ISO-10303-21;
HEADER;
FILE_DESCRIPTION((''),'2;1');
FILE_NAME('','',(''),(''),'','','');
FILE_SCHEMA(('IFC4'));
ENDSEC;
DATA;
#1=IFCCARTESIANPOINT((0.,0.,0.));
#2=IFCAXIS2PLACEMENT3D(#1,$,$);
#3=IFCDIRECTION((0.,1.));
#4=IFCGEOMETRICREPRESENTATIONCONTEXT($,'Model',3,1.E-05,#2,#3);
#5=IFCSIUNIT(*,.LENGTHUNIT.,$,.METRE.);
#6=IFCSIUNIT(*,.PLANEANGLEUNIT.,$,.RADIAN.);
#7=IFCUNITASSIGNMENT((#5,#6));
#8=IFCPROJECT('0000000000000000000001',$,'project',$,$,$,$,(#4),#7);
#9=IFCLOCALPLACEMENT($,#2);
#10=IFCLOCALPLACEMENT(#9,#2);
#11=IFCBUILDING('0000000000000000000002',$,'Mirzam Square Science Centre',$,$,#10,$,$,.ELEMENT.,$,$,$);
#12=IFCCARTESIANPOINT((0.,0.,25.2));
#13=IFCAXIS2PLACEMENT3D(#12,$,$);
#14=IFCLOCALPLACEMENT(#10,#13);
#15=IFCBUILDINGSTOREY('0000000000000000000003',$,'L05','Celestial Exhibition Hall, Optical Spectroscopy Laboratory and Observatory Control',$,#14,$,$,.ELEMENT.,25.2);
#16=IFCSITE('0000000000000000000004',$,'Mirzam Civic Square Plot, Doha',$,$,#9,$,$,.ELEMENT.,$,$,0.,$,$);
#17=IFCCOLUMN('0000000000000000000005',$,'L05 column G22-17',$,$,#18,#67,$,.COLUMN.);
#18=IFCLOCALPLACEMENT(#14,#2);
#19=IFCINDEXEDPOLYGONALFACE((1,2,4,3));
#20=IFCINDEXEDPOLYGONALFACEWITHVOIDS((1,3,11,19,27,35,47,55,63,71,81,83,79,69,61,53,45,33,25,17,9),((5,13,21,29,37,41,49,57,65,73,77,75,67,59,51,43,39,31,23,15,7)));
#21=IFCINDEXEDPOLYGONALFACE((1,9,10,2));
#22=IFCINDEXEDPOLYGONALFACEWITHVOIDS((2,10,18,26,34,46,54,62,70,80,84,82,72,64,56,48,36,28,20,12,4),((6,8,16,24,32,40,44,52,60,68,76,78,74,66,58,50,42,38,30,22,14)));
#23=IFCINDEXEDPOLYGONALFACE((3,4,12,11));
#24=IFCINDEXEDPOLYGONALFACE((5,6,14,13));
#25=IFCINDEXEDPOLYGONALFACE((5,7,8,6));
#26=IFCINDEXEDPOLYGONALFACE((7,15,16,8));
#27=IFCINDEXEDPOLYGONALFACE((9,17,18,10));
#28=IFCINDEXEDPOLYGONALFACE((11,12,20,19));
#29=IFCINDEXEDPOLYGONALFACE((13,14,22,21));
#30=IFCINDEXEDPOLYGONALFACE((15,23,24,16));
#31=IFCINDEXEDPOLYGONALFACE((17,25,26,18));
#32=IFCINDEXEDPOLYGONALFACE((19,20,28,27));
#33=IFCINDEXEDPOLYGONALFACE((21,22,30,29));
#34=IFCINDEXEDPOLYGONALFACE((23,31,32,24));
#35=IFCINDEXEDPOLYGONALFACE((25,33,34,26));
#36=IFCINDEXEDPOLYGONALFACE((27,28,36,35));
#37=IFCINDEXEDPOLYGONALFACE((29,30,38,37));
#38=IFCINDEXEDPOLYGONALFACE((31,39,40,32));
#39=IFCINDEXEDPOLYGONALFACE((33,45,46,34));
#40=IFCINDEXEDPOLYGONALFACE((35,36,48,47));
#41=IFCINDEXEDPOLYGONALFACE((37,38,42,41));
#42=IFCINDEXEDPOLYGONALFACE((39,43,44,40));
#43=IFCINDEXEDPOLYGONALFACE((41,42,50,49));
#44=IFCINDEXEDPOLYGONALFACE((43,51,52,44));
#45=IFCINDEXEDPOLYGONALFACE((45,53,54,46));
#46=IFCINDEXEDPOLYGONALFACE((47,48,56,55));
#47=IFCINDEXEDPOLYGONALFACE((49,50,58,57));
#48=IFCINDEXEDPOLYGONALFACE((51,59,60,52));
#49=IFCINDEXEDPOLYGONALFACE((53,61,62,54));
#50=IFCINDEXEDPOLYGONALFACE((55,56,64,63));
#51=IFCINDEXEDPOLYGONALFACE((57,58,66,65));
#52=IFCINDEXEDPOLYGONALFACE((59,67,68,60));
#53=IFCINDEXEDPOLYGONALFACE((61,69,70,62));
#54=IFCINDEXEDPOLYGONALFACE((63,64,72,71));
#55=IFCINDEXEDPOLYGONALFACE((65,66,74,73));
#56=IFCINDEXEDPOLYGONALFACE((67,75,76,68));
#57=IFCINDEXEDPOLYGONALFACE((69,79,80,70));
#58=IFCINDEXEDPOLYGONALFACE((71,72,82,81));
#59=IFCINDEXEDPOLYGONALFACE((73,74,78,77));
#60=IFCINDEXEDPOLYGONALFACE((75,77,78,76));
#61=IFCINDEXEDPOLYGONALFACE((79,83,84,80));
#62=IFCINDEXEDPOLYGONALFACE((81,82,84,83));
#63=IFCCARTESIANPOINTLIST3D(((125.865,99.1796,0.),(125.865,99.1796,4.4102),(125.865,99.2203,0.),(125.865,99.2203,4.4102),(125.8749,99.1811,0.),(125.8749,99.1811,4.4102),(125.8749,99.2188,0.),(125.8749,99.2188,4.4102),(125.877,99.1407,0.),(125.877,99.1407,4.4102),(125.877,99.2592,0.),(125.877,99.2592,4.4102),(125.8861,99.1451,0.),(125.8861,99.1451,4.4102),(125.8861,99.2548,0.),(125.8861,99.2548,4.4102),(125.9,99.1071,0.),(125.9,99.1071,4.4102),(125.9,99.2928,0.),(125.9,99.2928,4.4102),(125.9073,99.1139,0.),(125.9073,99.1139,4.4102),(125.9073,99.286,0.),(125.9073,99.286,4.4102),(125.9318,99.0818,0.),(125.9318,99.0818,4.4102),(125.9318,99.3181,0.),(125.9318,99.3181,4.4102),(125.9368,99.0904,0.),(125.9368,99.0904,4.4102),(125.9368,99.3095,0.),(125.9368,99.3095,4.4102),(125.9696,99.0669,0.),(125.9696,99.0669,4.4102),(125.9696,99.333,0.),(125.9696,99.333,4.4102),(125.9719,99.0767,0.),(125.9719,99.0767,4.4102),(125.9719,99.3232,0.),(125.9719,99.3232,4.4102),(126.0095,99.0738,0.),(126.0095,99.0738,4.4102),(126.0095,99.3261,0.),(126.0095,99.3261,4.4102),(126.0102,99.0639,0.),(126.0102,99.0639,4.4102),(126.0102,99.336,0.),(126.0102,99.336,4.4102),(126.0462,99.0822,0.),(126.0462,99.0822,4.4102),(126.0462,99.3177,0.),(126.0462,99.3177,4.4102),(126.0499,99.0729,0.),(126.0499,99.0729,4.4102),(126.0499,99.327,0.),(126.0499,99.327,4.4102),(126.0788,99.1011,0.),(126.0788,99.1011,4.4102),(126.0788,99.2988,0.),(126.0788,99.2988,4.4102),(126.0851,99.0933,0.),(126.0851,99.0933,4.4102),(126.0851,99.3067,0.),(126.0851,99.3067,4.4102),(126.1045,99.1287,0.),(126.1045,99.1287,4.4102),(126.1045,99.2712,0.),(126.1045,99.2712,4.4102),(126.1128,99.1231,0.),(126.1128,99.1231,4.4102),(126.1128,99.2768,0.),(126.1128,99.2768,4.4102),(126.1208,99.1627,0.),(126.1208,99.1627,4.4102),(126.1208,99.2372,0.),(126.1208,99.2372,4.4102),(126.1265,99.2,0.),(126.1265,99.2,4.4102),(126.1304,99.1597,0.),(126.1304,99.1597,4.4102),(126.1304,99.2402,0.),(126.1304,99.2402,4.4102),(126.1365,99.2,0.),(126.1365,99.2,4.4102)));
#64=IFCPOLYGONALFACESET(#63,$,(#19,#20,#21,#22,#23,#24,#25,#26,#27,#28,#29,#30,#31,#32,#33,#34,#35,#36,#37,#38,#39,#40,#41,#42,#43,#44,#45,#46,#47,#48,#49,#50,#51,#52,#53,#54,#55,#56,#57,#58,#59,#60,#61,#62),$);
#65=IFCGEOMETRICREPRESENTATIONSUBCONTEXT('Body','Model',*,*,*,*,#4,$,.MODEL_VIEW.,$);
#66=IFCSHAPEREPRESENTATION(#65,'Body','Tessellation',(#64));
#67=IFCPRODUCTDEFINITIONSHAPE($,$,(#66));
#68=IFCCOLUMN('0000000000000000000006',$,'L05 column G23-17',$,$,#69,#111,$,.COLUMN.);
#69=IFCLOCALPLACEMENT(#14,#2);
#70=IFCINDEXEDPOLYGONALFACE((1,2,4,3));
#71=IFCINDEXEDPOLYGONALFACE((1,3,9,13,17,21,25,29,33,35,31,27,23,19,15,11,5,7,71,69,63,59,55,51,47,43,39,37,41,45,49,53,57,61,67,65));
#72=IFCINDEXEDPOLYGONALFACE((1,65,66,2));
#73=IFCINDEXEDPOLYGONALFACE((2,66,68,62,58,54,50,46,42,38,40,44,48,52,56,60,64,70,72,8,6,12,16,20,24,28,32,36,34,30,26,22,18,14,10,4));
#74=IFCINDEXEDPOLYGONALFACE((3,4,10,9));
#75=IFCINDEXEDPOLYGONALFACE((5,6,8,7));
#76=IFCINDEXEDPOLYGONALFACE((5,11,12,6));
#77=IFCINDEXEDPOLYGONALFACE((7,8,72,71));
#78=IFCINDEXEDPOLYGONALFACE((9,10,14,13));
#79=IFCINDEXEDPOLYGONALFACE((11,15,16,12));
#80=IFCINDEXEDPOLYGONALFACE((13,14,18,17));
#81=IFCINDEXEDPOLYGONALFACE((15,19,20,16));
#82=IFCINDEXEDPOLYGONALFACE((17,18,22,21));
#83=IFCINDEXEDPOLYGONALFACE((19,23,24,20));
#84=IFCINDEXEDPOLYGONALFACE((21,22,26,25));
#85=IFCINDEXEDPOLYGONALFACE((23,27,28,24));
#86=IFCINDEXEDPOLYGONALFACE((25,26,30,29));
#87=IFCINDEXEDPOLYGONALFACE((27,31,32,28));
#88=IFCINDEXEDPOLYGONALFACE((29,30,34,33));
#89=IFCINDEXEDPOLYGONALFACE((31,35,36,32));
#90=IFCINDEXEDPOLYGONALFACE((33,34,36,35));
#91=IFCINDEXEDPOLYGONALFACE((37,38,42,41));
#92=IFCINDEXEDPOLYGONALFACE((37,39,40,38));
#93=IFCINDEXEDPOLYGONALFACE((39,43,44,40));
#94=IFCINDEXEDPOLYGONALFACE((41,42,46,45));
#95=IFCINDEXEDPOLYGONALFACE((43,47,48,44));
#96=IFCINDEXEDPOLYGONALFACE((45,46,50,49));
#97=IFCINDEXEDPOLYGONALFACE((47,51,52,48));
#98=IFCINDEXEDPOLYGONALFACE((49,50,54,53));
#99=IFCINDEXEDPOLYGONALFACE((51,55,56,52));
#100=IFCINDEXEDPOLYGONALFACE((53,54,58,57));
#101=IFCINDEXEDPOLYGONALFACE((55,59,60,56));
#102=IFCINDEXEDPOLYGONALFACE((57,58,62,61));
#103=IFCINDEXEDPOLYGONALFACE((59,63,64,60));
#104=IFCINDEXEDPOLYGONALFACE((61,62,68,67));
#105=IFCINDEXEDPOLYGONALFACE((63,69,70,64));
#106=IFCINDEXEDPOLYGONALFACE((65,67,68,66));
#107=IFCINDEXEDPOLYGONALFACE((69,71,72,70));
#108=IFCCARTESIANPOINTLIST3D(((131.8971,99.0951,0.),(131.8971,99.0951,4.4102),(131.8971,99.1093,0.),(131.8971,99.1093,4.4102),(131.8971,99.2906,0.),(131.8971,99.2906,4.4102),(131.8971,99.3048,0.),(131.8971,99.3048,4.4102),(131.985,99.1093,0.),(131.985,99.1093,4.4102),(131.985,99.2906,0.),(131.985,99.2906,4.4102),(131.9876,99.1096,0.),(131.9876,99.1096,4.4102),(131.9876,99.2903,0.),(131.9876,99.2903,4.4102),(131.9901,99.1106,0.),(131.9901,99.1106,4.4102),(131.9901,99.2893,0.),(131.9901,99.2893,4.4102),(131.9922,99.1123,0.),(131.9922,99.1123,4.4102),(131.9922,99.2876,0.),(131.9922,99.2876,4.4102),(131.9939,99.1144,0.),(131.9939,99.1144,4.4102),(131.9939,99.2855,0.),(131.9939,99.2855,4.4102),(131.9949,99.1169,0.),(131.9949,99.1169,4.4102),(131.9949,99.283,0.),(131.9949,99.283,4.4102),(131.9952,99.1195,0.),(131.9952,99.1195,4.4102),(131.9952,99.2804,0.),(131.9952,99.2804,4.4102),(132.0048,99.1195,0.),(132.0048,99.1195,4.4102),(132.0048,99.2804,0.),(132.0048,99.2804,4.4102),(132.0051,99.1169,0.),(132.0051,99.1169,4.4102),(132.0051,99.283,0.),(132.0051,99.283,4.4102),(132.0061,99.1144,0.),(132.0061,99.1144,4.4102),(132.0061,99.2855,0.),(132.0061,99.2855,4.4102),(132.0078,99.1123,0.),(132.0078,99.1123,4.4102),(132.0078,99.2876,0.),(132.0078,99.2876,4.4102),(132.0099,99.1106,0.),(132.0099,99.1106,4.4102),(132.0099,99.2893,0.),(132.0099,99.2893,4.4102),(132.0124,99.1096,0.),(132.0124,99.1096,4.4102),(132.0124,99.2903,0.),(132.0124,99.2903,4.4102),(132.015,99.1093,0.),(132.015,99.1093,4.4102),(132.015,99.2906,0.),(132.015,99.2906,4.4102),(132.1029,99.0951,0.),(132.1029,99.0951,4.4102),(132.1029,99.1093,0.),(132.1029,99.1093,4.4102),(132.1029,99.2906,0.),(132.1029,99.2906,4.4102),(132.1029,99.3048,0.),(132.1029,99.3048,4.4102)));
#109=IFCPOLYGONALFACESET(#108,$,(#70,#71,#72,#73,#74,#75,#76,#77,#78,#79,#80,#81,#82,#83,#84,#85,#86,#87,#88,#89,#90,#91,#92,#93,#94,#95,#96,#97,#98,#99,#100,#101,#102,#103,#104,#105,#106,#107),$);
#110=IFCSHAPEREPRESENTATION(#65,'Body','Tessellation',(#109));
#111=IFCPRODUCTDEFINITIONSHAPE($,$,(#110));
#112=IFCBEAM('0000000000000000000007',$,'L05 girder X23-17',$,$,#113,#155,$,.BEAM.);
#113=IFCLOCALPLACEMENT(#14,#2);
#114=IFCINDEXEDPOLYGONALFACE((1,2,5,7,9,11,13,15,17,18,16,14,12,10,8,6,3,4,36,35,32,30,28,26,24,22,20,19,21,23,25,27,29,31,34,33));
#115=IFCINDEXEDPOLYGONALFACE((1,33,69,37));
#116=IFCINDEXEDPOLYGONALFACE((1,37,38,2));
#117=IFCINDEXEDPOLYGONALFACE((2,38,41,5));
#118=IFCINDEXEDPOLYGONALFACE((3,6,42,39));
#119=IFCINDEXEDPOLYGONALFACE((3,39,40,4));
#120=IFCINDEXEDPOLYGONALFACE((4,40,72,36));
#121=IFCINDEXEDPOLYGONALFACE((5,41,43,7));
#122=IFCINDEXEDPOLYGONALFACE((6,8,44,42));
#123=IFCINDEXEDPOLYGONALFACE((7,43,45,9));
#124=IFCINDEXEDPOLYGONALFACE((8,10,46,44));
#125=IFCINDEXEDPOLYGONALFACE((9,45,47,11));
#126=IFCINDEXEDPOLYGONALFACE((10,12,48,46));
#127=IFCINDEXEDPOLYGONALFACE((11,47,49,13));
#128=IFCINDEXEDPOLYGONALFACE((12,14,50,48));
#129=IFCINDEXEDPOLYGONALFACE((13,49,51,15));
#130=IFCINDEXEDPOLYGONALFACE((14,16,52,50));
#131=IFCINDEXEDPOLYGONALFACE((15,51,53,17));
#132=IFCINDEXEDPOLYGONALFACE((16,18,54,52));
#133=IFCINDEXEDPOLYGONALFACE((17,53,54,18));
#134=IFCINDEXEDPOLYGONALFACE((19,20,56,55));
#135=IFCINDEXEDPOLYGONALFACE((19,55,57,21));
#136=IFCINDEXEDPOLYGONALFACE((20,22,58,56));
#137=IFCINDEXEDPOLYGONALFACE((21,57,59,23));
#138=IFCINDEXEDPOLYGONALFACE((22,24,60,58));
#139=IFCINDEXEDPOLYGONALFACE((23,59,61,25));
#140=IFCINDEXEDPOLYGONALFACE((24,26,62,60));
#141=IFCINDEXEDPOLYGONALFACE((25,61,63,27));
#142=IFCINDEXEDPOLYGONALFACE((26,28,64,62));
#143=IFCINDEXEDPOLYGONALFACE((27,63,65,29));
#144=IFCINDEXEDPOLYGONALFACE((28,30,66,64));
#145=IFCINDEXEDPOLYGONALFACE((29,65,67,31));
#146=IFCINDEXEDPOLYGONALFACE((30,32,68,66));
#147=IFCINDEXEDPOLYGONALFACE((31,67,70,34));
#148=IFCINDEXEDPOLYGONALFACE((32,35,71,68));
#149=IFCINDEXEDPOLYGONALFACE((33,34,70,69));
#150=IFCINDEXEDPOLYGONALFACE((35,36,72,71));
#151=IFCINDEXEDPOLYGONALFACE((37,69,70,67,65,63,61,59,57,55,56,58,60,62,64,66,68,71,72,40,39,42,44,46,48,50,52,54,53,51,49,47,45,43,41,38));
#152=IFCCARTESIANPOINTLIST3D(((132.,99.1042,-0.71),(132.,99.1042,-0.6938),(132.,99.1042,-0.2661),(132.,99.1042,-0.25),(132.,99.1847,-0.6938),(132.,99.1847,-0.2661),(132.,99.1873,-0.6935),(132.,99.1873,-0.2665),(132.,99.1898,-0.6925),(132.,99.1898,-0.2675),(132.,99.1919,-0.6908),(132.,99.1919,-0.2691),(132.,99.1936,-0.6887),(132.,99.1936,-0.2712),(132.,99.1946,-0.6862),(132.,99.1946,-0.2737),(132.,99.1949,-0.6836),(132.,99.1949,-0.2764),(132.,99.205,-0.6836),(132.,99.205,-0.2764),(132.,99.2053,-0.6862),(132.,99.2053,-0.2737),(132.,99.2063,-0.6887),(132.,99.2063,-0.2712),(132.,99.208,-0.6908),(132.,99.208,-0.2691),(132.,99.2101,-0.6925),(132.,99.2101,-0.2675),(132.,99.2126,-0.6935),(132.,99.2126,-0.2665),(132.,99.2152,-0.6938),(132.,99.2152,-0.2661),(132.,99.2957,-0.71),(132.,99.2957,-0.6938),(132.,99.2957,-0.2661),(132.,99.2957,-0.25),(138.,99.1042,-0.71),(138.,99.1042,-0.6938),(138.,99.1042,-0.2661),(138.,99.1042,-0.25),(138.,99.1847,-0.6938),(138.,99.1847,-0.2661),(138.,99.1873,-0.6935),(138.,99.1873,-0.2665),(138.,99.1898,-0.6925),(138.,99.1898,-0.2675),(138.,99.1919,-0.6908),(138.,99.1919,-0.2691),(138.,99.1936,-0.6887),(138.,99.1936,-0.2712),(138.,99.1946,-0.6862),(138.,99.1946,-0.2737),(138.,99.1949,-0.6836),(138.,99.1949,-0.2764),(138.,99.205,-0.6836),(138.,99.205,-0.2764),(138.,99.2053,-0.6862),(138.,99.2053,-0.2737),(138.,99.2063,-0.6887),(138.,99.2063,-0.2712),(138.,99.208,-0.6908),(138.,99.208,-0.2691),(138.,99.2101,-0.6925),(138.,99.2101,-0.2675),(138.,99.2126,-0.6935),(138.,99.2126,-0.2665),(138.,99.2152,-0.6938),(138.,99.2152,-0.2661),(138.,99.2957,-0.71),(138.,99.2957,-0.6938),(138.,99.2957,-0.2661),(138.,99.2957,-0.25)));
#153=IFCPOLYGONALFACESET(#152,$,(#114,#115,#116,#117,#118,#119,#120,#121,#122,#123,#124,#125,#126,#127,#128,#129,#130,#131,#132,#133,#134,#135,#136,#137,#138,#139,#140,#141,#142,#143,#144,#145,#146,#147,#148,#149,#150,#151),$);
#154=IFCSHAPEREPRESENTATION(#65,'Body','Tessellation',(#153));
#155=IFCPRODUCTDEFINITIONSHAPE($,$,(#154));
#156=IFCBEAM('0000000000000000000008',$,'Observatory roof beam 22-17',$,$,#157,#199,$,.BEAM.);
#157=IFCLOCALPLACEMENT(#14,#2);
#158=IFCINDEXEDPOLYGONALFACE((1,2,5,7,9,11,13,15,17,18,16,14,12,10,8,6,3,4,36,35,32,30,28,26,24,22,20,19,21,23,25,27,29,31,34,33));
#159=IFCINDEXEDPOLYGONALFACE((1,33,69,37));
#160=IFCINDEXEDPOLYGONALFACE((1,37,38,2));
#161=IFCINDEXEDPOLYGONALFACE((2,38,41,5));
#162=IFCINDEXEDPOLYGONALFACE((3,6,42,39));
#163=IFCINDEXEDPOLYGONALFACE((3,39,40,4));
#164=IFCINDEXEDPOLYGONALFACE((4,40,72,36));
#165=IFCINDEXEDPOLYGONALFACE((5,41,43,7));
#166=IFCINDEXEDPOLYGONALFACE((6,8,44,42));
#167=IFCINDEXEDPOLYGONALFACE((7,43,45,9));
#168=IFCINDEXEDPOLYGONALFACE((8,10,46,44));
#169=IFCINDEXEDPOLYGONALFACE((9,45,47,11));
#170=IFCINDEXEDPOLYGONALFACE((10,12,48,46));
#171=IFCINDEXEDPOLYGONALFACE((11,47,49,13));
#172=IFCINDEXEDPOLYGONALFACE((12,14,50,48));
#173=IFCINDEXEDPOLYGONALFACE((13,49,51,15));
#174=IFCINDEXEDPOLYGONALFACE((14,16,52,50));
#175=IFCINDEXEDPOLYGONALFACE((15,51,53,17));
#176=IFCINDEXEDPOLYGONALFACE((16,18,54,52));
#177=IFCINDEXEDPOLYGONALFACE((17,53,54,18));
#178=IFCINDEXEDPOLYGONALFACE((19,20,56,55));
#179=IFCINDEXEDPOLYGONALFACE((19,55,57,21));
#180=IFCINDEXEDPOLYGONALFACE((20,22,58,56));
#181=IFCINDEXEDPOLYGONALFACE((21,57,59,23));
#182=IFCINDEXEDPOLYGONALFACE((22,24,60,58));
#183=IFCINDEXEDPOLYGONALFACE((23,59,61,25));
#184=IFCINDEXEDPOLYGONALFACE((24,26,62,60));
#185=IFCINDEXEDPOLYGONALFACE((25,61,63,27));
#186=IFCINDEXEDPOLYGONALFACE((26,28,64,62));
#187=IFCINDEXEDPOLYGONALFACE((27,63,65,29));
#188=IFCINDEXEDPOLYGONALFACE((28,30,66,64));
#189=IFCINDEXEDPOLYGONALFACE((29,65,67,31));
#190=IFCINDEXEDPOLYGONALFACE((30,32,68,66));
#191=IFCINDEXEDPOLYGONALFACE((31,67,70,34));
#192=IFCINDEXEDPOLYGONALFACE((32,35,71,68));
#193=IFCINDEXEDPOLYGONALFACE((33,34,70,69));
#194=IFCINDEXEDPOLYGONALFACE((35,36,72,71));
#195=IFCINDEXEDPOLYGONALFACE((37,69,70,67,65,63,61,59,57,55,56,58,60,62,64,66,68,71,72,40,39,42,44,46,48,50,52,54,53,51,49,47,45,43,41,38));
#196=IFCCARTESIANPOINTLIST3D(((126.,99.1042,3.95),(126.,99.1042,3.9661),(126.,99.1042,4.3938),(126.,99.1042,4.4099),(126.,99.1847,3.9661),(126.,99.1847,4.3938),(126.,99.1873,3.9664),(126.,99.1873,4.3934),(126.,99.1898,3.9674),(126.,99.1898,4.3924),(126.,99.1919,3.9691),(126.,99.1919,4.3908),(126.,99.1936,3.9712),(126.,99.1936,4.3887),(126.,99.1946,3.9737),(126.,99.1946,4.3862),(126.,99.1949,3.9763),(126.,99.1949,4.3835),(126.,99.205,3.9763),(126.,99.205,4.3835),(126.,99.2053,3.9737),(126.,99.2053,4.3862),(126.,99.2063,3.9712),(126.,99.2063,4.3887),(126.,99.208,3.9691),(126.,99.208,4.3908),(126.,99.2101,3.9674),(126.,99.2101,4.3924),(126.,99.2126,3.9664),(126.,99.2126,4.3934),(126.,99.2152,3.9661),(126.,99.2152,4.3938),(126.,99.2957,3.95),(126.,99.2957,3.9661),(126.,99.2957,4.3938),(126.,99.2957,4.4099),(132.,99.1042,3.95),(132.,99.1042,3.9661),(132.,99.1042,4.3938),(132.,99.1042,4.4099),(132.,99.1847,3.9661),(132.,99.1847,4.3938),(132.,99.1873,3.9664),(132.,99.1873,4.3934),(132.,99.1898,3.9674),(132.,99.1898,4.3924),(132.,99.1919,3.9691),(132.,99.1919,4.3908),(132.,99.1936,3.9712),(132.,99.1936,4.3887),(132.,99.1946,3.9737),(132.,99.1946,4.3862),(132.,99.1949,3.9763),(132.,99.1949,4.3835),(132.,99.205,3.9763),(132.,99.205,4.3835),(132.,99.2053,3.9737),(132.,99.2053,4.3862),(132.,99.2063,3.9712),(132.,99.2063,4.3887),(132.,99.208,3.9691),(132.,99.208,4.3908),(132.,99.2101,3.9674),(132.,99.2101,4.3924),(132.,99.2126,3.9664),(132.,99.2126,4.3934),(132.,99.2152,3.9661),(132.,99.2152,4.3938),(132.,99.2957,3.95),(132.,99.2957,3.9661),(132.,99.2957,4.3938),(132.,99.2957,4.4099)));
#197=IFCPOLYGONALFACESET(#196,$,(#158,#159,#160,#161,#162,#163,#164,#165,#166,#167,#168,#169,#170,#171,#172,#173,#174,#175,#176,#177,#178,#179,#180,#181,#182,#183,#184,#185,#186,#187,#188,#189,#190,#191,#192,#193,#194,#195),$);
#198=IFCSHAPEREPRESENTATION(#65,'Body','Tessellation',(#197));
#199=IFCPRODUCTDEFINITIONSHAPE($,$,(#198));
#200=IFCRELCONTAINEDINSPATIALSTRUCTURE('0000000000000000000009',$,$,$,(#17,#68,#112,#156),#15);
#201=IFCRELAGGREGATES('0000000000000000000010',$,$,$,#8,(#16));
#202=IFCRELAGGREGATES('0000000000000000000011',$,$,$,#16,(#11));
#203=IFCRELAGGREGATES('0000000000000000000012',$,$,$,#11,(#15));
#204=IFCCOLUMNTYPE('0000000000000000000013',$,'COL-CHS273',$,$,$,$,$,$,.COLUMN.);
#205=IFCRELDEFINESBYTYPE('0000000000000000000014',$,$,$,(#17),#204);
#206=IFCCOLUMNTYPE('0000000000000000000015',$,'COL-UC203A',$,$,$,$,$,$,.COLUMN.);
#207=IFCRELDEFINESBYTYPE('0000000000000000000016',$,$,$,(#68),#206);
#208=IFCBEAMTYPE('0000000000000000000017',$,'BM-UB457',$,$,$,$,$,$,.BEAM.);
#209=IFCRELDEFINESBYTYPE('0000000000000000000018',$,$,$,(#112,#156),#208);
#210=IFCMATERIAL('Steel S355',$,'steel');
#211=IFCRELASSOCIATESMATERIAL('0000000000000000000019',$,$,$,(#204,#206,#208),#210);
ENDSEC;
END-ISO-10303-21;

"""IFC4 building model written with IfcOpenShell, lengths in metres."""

from ifc_helpers import new_model, si_unit, direction, frame, origin, origin_2d, place, context, subcontext, project, spatial, hollow_circle, i_section, extrude, material, material_profile, profile_set, type_object, element, save


model = new_model("IFC4")

# Units and contexts
model_context = context("Model", 3, precision=1e-05, world=origin(), true_north=direction((0.0, 1.0)))
body_context = subcontext(model_context, "Body", "Model", "MODEL_VIEW")
ifc_project = project(units=[si_unit("LENGTHUNIT", "METRE"), si_unit("PLANEANGLEUNIT", "RADIAN")], contexts=[model_context])

# Site, building, storey
site_placement = place(None, origin())
site = spatial("IfcSite", under=ifc_project, at=site_placement, Name="Mirzam Civic Square Plot, Doha", CompositionType="ELEMENT", RefElevation=0.0)
building_placement = place(site_placement, origin())
building = spatial("IfcBuilding", under=site, at=building_placement, Name="Mirzam Square Science Centre", CompositionType="ELEMENT")
storey_placement = place(building_placement, frame((0.0, 0.0, 25.2)))
storey = spatial("IfcBuildingStorey", under=building, at=storey_placement, Name="L05", Description="Celestial Exhibition Hall, Optical Spectroscopy Laboratory and Observatory Control", CompositionType="ELEMENT", Elevation=25.2)

# Columns
ifc_material_1 = material(Name="Steel S355", Category="steel")
ifc_material_profile_1 = material_profile(ifc_material_1, hollow_circle(Radius=0.1365, WallThickness=0.01, at=origin_2d()), Name="273.0x10.0CHS")
ifc_profile_set_1 = profile_set([ifc_material_profile_1], Name="Steel S355")
column_type_1 = type_object("IfcColumnType", Name="COL-CHS273", PredefinedType="COLUMN", material=ifc_profile_set_1)
column_1_placement = place(storey_placement, frame((126.0, 99.2, 0.0), z_axis=(0.0, 0.0, 1.0), x_axis=(1.0, 0.0, 0.0)))
element("IfcColumn", 1, at=column_1_placement, inside=storey, type_object=column_type_1, Name="L05 column G22-17", PredefinedType="COLUMN", context=body_context, shape_type="SweptSolid", body=[
    extrude(hollow_circle(Radius=0.1365, WallThickness=0.01, at=origin_2d()), origin(), (0.0, 0.0, 1.0), 4.4102),
])
ifc_material_profile_2 = material_profile(ifc_material_1, i_section(OverallWidth=0.2058, OverallDepth=0.2097, WebThickness=0.0095, FlangeThickness=0.0142, FilletRadius=0.0103, at=origin_2d()), Name="203x203x60UC")
ifc_profile_set_2 = profile_set([ifc_material_profile_2], Name="Steel S355")
column_type_2 = type_object("IfcColumnType", Name="COL-UC203A", PredefinedType="COLUMN", material=ifc_profile_set_2)
column_2_placement = place(storey_placement, frame((132.0, 99.2, 0.0), z_axis=(0.0, 0.0, 1.0), x_axis=(1.0, 0.0, 0.0)))
element("IfcColumn", 2, at=column_2_placement, inside=storey, type_object=column_type_2, Name="L05 column G23-17", PredefinedType="COLUMN", context=body_context, shape_type="SweptSolid", body=[
    extrude(i_section(OverallWidth=0.2058, OverallDepth=0.2097, WebThickness=0.0095, FlangeThickness=0.0142, FilletRadius=0.0103, at=origin_2d()), origin(), (0.0, 0.0, 1.0), 4.4102),
])

# Beams
ifc_material_profile_3 = material_profile(ifc_material_1, i_section(OverallWidth=0.1914, OverallDepth=0.46, WebThickness=0.01, FlangeThickness=0.0161, FilletRadius=0.0103, at=origin_2d()), Name="457x191x82UB")
ifc_profile_set_3 = profile_set([ifc_material_profile_3], Name="Steel S355")
beam_type_1 = type_object("IfcBeamType", Name="BM-UB457", PredefinedType="BEAM", material=ifc_profile_set_3)
for number, where, z_axis, x_axis, name in (
    (3, (132.0, 99.2, -0.48), (1.0, 0.0, 0.0), (0.0, 1.0, 0.0), "L05 girder X23-17"),
    (4, (126.0, 99.2, 4.1799), (1.0, 0.0, 0.0), (0.0, 1.0, 0.0), "Observatory roof beam 22-17"),
):
    element("IfcBeam", number, at=place(storey_placement, frame(where, z_axis=z_axis, x_axis=x_axis)), inside=storey, type_object=beam_type_1, Name=name, PredefinedType="BEAM", context=body_context, shape_type="SweptSolid", body=[
        extrude(i_section(OverallWidth=0.1914, OverallDepth=0.46, WebThickness=0.01, FlangeThickness=0.0161, FilletRadius=0.0103, at=origin_2d()), origin(), (0.0, 0.0, 1.0), 6.0),
    ])

save(model, "model.ifc")
